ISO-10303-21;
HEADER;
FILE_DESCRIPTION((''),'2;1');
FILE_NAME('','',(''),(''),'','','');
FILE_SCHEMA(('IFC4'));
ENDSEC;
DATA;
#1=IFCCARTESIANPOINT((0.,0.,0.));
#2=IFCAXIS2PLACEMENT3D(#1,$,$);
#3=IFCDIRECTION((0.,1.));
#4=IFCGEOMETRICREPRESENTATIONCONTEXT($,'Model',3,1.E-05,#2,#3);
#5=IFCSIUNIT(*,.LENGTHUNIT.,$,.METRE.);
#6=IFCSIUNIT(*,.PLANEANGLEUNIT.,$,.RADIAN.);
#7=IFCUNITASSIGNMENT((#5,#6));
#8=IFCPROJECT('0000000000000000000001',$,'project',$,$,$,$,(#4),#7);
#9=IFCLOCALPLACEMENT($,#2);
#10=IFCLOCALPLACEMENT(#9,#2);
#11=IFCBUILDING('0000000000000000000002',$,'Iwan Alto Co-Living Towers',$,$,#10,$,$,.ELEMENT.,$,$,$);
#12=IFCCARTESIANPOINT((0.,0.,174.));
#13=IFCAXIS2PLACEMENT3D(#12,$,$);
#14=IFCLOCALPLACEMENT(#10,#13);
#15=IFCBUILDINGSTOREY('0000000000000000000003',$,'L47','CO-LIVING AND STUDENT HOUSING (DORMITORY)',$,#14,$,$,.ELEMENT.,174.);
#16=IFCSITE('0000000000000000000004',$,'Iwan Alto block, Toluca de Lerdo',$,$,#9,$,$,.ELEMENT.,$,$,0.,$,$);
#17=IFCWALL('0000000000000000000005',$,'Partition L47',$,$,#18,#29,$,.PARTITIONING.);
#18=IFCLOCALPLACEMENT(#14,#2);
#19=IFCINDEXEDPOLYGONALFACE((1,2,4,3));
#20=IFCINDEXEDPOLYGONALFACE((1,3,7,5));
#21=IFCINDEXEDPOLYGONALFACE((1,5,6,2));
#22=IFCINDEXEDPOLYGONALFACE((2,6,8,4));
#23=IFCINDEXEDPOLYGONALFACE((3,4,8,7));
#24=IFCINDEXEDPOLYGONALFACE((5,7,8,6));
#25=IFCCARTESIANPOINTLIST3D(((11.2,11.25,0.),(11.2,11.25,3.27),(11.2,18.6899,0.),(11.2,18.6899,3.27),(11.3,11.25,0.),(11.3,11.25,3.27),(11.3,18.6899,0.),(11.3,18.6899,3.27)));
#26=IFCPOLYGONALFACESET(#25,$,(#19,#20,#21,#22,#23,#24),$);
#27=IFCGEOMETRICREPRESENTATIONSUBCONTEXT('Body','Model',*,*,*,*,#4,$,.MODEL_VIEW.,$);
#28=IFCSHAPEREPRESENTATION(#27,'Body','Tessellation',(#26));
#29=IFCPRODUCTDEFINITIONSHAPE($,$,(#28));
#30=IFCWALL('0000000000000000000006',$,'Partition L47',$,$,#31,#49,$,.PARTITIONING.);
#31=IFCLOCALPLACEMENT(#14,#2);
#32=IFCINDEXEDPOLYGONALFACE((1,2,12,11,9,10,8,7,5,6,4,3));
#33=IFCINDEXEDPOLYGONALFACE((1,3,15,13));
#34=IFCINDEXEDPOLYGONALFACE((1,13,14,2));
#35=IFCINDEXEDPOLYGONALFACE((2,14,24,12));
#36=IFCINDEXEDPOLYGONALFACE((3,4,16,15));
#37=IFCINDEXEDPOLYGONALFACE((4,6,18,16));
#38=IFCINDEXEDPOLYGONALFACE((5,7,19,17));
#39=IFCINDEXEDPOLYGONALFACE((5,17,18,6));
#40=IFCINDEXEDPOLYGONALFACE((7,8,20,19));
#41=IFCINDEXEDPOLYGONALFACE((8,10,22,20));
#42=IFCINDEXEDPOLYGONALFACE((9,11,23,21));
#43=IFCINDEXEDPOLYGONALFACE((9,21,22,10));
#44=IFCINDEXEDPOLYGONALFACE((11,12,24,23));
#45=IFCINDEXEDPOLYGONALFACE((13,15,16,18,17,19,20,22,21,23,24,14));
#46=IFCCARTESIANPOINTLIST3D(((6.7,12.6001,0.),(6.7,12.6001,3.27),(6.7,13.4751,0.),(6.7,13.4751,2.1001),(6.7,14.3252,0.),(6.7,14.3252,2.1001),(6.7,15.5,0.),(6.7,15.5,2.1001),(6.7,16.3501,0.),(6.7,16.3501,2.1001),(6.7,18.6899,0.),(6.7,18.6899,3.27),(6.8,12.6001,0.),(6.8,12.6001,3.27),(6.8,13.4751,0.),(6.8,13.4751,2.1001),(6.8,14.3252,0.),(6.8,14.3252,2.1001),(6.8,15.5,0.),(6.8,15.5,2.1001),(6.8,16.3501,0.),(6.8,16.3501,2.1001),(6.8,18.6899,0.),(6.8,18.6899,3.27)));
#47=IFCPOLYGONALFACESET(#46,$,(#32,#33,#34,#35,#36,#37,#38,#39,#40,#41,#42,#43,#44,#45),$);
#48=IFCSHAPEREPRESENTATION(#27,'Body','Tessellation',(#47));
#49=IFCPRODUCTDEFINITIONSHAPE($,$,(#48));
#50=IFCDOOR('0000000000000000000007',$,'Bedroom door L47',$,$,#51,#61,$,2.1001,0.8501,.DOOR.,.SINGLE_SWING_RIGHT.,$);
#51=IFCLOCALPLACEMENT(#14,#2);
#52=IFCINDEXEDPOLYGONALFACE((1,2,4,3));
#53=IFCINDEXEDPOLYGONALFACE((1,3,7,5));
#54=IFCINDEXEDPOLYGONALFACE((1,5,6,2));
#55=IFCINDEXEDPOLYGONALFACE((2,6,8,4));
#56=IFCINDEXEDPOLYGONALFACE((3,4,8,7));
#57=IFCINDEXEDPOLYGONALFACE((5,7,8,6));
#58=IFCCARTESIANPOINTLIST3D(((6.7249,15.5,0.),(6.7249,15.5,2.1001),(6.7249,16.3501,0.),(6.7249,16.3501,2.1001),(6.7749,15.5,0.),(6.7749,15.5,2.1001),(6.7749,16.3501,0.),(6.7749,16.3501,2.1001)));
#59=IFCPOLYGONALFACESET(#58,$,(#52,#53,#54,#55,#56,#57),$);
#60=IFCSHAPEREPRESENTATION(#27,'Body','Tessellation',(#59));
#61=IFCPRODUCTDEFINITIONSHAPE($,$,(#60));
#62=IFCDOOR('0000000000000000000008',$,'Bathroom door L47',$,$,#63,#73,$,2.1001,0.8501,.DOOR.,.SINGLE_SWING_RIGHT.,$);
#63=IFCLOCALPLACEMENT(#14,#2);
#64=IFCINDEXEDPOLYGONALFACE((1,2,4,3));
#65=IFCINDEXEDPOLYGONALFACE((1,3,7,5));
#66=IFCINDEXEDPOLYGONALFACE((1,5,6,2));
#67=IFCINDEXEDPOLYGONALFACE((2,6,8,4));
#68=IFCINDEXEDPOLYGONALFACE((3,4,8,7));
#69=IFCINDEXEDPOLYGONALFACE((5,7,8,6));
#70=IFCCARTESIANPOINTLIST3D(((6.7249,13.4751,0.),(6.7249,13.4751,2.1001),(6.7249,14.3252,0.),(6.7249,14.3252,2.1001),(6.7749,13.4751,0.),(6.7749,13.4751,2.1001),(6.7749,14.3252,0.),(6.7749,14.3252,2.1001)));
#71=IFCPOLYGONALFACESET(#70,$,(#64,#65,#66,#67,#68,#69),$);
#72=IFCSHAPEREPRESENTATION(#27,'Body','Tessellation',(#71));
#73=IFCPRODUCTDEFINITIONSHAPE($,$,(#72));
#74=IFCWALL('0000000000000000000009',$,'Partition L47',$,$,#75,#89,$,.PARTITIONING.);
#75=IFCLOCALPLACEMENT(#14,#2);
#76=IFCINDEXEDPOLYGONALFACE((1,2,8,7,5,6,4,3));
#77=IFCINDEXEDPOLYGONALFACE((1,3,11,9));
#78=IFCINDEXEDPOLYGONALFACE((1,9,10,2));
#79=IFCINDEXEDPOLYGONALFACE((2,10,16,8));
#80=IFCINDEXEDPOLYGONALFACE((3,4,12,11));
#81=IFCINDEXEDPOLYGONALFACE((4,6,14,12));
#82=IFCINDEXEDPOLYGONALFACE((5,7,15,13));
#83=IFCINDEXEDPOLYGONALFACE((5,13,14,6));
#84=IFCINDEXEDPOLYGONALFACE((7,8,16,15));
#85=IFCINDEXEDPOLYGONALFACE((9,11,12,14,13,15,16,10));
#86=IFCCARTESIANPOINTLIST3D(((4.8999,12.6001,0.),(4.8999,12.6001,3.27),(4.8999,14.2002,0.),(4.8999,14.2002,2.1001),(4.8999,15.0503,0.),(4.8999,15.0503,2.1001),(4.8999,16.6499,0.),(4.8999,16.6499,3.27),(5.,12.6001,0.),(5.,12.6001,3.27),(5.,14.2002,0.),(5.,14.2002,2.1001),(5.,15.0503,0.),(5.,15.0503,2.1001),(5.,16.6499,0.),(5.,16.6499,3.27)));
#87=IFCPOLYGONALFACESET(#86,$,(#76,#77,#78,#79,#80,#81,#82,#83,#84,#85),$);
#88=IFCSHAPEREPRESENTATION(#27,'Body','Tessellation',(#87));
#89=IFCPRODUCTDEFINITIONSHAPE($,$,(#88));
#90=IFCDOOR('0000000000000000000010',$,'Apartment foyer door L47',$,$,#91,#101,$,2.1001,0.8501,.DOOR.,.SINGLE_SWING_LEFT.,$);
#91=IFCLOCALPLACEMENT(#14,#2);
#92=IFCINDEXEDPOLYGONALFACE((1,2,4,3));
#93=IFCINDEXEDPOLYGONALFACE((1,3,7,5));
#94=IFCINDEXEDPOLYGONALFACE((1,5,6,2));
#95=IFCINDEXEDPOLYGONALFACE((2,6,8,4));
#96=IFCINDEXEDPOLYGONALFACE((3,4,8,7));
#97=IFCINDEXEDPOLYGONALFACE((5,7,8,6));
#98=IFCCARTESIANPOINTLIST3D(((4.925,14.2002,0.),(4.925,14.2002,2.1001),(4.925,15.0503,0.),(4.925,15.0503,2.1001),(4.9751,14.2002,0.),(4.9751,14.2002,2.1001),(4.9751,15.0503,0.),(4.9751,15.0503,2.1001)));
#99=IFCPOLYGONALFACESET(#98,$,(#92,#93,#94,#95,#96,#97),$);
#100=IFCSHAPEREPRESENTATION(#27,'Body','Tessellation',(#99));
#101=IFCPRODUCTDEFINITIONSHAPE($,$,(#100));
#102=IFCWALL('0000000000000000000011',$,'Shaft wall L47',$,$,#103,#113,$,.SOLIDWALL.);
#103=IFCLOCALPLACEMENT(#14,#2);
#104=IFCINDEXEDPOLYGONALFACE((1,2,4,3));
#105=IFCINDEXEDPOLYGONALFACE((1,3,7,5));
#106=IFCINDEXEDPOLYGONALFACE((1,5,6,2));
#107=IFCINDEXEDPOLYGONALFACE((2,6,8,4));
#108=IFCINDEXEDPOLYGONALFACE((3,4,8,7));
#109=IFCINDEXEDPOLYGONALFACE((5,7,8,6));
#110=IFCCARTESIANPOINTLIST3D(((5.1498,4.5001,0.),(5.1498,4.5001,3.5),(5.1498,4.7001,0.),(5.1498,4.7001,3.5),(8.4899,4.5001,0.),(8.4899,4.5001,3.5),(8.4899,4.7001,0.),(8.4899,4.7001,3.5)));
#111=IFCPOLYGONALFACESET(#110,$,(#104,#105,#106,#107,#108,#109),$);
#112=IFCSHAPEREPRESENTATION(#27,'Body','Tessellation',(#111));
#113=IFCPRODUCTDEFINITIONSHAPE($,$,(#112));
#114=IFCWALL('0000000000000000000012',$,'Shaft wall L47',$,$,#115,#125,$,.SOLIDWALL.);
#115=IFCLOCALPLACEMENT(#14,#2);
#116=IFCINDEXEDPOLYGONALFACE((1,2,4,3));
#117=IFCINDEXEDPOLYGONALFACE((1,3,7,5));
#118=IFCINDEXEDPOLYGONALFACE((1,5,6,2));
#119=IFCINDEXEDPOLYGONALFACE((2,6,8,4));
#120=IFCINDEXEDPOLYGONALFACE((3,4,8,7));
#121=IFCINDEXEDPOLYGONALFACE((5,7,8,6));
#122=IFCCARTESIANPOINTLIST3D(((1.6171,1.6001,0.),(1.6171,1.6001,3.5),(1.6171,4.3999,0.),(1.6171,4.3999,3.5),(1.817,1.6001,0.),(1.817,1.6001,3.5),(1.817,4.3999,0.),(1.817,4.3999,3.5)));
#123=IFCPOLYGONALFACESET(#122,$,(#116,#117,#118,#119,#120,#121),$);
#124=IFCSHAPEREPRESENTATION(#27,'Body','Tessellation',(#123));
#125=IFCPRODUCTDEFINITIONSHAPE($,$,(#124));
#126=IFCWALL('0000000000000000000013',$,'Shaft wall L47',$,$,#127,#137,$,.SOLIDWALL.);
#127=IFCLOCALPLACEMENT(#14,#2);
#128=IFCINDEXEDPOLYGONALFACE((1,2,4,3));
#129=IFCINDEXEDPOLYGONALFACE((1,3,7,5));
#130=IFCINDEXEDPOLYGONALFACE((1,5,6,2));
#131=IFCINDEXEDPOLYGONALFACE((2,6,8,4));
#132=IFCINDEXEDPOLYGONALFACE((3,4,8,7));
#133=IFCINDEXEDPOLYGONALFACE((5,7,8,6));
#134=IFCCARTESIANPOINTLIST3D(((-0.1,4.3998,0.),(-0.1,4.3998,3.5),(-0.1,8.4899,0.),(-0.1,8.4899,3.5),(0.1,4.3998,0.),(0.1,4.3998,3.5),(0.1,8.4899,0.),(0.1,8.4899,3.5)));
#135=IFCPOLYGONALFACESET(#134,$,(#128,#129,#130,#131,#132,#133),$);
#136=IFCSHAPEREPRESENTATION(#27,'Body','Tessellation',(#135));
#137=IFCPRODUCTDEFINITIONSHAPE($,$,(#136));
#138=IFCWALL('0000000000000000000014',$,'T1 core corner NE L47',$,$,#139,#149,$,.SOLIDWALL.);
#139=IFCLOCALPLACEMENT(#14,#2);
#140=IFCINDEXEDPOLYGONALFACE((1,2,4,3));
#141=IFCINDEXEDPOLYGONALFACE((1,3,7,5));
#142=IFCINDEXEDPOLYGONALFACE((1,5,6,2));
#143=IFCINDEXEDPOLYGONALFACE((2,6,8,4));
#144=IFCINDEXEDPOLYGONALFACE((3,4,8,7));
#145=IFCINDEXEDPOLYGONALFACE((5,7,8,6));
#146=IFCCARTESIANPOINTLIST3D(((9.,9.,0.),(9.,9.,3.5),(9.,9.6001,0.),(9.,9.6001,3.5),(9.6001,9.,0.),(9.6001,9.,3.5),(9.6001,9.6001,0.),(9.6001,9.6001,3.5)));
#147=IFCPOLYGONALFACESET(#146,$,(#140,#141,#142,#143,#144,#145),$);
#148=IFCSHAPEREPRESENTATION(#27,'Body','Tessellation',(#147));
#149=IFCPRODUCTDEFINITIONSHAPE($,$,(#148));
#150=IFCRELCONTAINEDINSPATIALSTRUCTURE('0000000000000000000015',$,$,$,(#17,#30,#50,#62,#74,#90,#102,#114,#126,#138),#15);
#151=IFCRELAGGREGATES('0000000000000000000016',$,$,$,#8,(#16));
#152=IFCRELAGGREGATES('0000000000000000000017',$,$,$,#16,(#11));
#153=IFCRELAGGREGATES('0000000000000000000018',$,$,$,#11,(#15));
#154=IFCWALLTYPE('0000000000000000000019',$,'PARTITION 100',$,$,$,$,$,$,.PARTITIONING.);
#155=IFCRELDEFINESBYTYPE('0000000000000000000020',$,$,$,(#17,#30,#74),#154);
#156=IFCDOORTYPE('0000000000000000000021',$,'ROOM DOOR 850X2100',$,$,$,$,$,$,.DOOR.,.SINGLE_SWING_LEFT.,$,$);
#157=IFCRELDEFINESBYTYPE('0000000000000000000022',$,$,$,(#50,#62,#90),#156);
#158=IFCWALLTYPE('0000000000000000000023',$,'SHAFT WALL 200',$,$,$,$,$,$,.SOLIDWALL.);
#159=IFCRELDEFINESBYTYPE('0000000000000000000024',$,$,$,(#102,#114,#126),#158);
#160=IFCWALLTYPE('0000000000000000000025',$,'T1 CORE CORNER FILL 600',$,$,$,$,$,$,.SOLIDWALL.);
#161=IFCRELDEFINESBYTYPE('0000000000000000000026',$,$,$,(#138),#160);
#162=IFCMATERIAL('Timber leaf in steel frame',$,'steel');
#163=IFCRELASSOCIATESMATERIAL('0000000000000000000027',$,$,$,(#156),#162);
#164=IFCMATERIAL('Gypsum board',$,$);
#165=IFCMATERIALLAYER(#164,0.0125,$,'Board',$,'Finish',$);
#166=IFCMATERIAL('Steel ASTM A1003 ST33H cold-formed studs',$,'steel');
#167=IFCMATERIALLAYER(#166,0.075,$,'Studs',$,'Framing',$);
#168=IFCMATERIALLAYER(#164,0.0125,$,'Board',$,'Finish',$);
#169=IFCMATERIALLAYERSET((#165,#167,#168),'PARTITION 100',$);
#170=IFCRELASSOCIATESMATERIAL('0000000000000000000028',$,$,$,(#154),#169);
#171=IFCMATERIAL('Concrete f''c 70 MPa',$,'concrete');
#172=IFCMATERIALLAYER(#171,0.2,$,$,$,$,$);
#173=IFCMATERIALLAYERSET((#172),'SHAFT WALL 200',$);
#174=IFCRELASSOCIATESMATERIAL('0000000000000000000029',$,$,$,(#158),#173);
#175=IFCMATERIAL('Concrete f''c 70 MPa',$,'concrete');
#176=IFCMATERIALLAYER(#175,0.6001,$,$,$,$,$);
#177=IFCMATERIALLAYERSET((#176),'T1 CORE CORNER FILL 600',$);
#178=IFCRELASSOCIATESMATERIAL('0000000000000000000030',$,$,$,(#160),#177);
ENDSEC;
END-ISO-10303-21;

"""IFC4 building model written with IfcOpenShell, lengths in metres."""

from ifc_helpers import new_model, si_unit, direction, frame, frame_2d, origin, place, context, subcontext, project, spatial, rectangle, extrude, material, layer, layer_set, type_object, element, fill, save


model = new_model("IFC4")

# Units and contexts
model_context = context("Model", 3, precision=1e-05, world=origin(), true_north=direction((0.0, 1.0)))
body_context = subcontext(model_context, "Body", "Model", "MODEL_VIEW")
ifc_project = project(units=[si_unit("LENGTHUNIT", "METRE"), si_unit("PLANEANGLEUNIT", "RADIAN")], contexts=[model_context])

# Site, building, storey
site_placement = place(None, origin())
site = spatial("IfcSite", under=ifc_project, at=site_placement, Name="Iwan Alto block, Toluca de Lerdo", CompositionType="ELEMENT", RefElevation=0.0)
building_placement = place(site_placement, origin())
building = spatial("IfcBuilding", under=site, at=building_placement, Name="Iwan Alto Co-Living Towers", CompositionType="ELEMENT")
storey_placement = place(building_placement, frame((0.0, 0.0, 174.0)))
storey = spatial("IfcBuildingStorey", under=building, at=storey_placement, Name="L47", Description="CO-LIVING AND STUDENT HOUSING (DORMITORY)", CompositionType="ELEMENT", Elevation=174.0)

# Shared definitions
ifc_material_1 = material(Name="Gypsum board")
ifc_material_2 = material(Name="Steel ASTM A1003 ST33H cold-formed studs", Category="steel")

# Shared definitions
ifc_material_3 = material(Name="Timber leaf in steel frame", Category="steel")
door_type_1 = type_object("IfcDoorType", Name="ROOM DOOR 850X2100", OperationType="SINGLE_SWING_LEFT", PredefinedType="DOOR", material=ifc_material_3)
ifc_layer_1 = layer(ifc_material_1, 0.0125, Name="Board", Category="Finish")
ifc_layer_2 = layer(ifc_material_2, 0.075, Name="Studs", Category="Framing")
ifc_layer_3 = layer(ifc_material_1, 0.0125, Name="Board", Category="Finish")
ifc_layer_set_1 = layer_set([ifc_layer_1, ifc_layer_2, ifc_layer_3], Name="PARTITION 100")
wall_type_1 = type_object("IfcWallType", Name="PARTITION 100", PredefinedType="PARTITIONING", material=ifc_layer_set_1)

# Wall
wall_1_placement = place(storey_placement, frame((11.25, 11.25, 0.0), z_axis=(0.0, 0.0, 1.0), x_axis=(0.0, 1.0, 0.0)))
element("IfcWall", 1, at=wall_1_placement, inside=storey, type_object=wall_type_1, Name="Partition L47", PredefinedType="PARTITIONING", context=body_context, shape_type="SweptSolid", body=[
    extrude(rectangle(XDim=7.4399, YDim=0.1001, at=frame_2d((3.72, 0.0))), origin(), (0.0, 0.0, 1.0), 3.27),
])

# Wall, openings, doors
wall_2_placement = place(storey_placement, frame((6.75, 12.6001, 0.0), z_axis=(0.0, 0.0, 1.0), x_axis=(0.0, 1.0, 0.0)))
wall_2 = element("IfcWall", 2, at=wall_2_placement, inside=storey, type_object=wall_type_1, Name="Partition L47", PredefinedType="PARTITIONING", context=body_context, shape_type="SweptSolid", body=[
    extrude(rectangle(XDim=6.0898, YDim=0.1001, at=frame_2d((3.0449, 0.0))), origin(), (0.0, 0.0, 1.0), 3.27),
])
opening_1_placement = place(wall_2_placement, frame((2.8999, 0.0, 0.0)))
opening_1 = element("IfcOpeningElement", 3, at=opening_1_placement, cuts=wall_2, PredefinedType="OPENING", context=body_context, shape_type="SweptSolid", body=[
    extrude(rectangle(XDim=0.8501, YDim=2.1001, at=frame_2d((0.425, 1.05))), frame((0.0, 0.0601, 0.0), z_axis=(0.0, -1.0, 0.0), x_axis=(1.0, 0.0, 0.0)), (0.0, 0.0, 1.0), 0.1201),
])
opening_2_placement = place(wall_2_placement, frame((0.875, 0.0, 0.0)))
opening_2 = element("IfcOpeningElement", 4, at=opening_2_placement, cuts=wall_2, PredefinedType="OPENING", context=body_context, shape_type="SweptSolid", body=[
    extrude(rectangle(XDim=0.8501, YDim=2.1001, at=frame_2d((0.425, 1.05))), frame((0.0, 0.0601, 0.0), z_axis=(0.0, -1.0, 0.0), x_axis=(1.0, 0.0, 0.0)), (0.0, 0.0, 1.0), 0.1201),
])
door_1_placement = place(opening_1_placement, frame((0.8501, 0.0, 0.0), z_axis=(0.0, 0.0, 1.0), x_axis=(-1.0, 0.0, 0.0)))
door_1 = element("IfcDoor", 5, at=door_1_placement, inside=storey, type_object=door_type_1, Name="Bedroom door L47", OperationType="SINGLE_SWING_RIGHT", OverallHeight=2.1001, OverallWidth=0.8501, PredefinedType="DOOR", context=body_context, shape_type="SweptSolid", body=[
    extrude(rectangle(XDim=0.8501, YDim=2.1001, at=frame_2d((0.425, 1.05))), frame((0.0, 0.0249, 0.0), z_axis=(0.0, -1.0, 0.0), x_axis=(1.0, 0.0, 0.0)), (0.0, 0.0, 1.0), 0.05),
])
fill(opening_1, door_1)
door_2_placement = place(opening_2_placement, frame((0.8501, 0.0, 0.0), z_axis=(0.0, 0.0, 1.0), x_axis=(-1.0, 0.0, 0.0)))
door_2 = element("IfcDoor", 6, at=door_2_placement, inside=storey, type_object=door_type_1, Name="Bathroom door L47", OperationType="SINGLE_SWING_RIGHT", OverallHeight=2.1001, OverallWidth=0.8501, PredefinedType="DOOR", context=body_context, shape_type="SweptSolid", body=[
    extrude(rectangle(XDim=0.8501, YDim=2.1001, at=frame_2d((0.425, 1.05))), frame((0.0, 0.0249, 0.0), z_axis=(0.0, -1.0, 0.0), x_axis=(1.0, 0.0, 0.0)), (0.0, 0.0, 1.0), 0.05),
])
fill(opening_2, door_2)

# Wall, opening, door
wall_3_placement = place(storey_placement, frame((4.95, 12.6001, 0.0), z_axis=(0.0, 0.0, 1.0), x_axis=(0.0, 1.0, 0.0)))
wall_3 = element("IfcWall", 7, at=wall_3_placement, inside=storey, type_object=wall_type_1, Name="Partition L47", PredefinedType="PARTITIONING", context=body_context, shape_type="SweptSolid", body=[
    extrude(rectangle(XDim=4.0498, YDim=0.1001, at=frame_2d((2.0249, 0.0))), origin(), (0.0, 0.0, 1.0), 3.27),
])
opening_3_placement = place(wall_3_placement, frame((1.6001, 0.0, 0.0)))
opening_3 = element("IfcOpeningElement", 8, at=opening_3_placement, cuts=wall_3, PredefinedType="OPENING", context=body_context, shape_type="SweptSolid", body=[
    extrude(rectangle(XDim=0.8501, YDim=2.1001, at=frame_2d((0.425, 1.05))), frame((0.0, 0.0601, 0.0), z_axis=(0.0, -1.0, 0.0), x_axis=(1.0, 0.0, 0.0)), (0.0, 0.0, 1.0), 0.1201),
])
door_3_placement = place(opening_3_placement, origin())
door_3 = element("IfcDoor", 9, at=door_3_placement, inside=storey, type_object=door_type_1, Name="Apartment foyer door L47", OperationType="SINGLE_SWING_LEFT", OverallHeight=2.1001, OverallWidth=0.8501, PredefinedType="DOOR", context=body_context, shape_type="SweptSolid", body=[
    extrude(rectangle(XDim=0.8501, YDim=2.1001, at=frame_2d((0.425, 1.05))), frame((0.0, 0.0249, 0.0), z_axis=(0.0, -1.0, 0.0), x_axis=(1.0, 0.0, 0.0)), (0.0, 0.0, 1.0), 0.05),
])
fill(opening_3, door_3)

# Walls
ifc_material_4 = material(Name="Concrete f'c 70 MPa", Category="concrete")
ifc_layer_4 = layer(ifc_material_4, 0.2)
ifc_layer_set_2 = layer_set([ifc_layer_4], Name="SHAFT WALL 200")
wall_type_2 = type_object("IfcWallType", Name="SHAFT WALL 200", PredefinedType="SOLIDWALL", material=ifc_layer_set_2)
wall_4_placement = place(storey_placement, frame((5.1499, 4.6001, 0.0), z_axis=(0.0, 0.0, 1.0), x_axis=(1.0, 0.0, 0.0)))
element("IfcWall", 10, at=wall_4_placement, inside=storey, type_object=wall_type_2, Name="Shaft wall L47", PredefinedType="SOLIDWALL", context=body_context, shape_type="SweptSolid", body=[
    extrude(rectangle(XDim=3.3401, YDim=0.2, at=frame_2d((1.6699, 0.0))), origin(), (0.0, 0.0, 1.0), 3.5),
])
wall_5_placement = place(storey_placement, frame((1.717, 1.6001, 0.0), z_axis=(0.0, 0.0, 1.0), x_axis=(0.0, 1.0, 0.0)))
element("IfcWall", 11, at=wall_5_placement, inside=storey, type_object=wall_type_2, Name="Shaft wall L47", PredefinedType="SOLIDWALL", context=body_context, shape_type="SweptSolid", body=[
    extrude(rectangle(XDim=2.7998, YDim=0.2, at=frame_2d((1.3999, 0.0))), origin(), (0.0, 0.0, 1.0), 3.5),
])
wall_6_placement = place(storey_placement, frame((0.0, 4.3999, 0.0), z_axis=(0.0, 0.0, 1.0), x_axis=(0.0, 1.0, 0.0)))
element("IfcWall", 12, at=wall_6_placement, inside=storey, type_object=wall_type_2, Name="Shaft wall L47", PredefinedType="SOLIDWALL", context=body_context, shape_type="SweptSolid", body=[
    extrude(rectangle(XDim=4.0901, YDim=0.2, at=frame_2d((2.0449, 0.0))), origin(), (0.0, 0.0, 1.0), 3.5),
])
ifc_material_5 = material(Name="Concrete f'c 70 MPa", Category="concrete")
ifc_layer_5 = layer(ifc_material_5, 0.6001)
ifc_layer_set_3 = layer_set([ifc_layer_5], Name="T1 CORE CORNER FILL 600")
wall_type_3 = type_object("IfcWallType", Name="T1 CORE CORNER FILL 600", PredefinedType="SOLIDWALL", material=ifc_layer_set_3)
wall_7_placement = place(storey_placement, frame((9.0, 9.3, 0.0), z_axis=(0.0, 0.0, 1.0), x_axis=(1.0, 0.0, 0.0)))
element("IfcWall", 13, at=wall_7_placement, inside=storey, type_object=wall_type_3, Name="T1 core corner NE L47", PredefinedType="SOLIDWALL", context=body_context, shape_type="SweptSolid", body=[
    extrude(rectangle(XDim=0.6001, YDim=0.6001, at=frame_2d((0.3, 0.0))), origin(), (0.0, 0.0, 1.0), 3.5),
])

save(model, "model.ifc")
